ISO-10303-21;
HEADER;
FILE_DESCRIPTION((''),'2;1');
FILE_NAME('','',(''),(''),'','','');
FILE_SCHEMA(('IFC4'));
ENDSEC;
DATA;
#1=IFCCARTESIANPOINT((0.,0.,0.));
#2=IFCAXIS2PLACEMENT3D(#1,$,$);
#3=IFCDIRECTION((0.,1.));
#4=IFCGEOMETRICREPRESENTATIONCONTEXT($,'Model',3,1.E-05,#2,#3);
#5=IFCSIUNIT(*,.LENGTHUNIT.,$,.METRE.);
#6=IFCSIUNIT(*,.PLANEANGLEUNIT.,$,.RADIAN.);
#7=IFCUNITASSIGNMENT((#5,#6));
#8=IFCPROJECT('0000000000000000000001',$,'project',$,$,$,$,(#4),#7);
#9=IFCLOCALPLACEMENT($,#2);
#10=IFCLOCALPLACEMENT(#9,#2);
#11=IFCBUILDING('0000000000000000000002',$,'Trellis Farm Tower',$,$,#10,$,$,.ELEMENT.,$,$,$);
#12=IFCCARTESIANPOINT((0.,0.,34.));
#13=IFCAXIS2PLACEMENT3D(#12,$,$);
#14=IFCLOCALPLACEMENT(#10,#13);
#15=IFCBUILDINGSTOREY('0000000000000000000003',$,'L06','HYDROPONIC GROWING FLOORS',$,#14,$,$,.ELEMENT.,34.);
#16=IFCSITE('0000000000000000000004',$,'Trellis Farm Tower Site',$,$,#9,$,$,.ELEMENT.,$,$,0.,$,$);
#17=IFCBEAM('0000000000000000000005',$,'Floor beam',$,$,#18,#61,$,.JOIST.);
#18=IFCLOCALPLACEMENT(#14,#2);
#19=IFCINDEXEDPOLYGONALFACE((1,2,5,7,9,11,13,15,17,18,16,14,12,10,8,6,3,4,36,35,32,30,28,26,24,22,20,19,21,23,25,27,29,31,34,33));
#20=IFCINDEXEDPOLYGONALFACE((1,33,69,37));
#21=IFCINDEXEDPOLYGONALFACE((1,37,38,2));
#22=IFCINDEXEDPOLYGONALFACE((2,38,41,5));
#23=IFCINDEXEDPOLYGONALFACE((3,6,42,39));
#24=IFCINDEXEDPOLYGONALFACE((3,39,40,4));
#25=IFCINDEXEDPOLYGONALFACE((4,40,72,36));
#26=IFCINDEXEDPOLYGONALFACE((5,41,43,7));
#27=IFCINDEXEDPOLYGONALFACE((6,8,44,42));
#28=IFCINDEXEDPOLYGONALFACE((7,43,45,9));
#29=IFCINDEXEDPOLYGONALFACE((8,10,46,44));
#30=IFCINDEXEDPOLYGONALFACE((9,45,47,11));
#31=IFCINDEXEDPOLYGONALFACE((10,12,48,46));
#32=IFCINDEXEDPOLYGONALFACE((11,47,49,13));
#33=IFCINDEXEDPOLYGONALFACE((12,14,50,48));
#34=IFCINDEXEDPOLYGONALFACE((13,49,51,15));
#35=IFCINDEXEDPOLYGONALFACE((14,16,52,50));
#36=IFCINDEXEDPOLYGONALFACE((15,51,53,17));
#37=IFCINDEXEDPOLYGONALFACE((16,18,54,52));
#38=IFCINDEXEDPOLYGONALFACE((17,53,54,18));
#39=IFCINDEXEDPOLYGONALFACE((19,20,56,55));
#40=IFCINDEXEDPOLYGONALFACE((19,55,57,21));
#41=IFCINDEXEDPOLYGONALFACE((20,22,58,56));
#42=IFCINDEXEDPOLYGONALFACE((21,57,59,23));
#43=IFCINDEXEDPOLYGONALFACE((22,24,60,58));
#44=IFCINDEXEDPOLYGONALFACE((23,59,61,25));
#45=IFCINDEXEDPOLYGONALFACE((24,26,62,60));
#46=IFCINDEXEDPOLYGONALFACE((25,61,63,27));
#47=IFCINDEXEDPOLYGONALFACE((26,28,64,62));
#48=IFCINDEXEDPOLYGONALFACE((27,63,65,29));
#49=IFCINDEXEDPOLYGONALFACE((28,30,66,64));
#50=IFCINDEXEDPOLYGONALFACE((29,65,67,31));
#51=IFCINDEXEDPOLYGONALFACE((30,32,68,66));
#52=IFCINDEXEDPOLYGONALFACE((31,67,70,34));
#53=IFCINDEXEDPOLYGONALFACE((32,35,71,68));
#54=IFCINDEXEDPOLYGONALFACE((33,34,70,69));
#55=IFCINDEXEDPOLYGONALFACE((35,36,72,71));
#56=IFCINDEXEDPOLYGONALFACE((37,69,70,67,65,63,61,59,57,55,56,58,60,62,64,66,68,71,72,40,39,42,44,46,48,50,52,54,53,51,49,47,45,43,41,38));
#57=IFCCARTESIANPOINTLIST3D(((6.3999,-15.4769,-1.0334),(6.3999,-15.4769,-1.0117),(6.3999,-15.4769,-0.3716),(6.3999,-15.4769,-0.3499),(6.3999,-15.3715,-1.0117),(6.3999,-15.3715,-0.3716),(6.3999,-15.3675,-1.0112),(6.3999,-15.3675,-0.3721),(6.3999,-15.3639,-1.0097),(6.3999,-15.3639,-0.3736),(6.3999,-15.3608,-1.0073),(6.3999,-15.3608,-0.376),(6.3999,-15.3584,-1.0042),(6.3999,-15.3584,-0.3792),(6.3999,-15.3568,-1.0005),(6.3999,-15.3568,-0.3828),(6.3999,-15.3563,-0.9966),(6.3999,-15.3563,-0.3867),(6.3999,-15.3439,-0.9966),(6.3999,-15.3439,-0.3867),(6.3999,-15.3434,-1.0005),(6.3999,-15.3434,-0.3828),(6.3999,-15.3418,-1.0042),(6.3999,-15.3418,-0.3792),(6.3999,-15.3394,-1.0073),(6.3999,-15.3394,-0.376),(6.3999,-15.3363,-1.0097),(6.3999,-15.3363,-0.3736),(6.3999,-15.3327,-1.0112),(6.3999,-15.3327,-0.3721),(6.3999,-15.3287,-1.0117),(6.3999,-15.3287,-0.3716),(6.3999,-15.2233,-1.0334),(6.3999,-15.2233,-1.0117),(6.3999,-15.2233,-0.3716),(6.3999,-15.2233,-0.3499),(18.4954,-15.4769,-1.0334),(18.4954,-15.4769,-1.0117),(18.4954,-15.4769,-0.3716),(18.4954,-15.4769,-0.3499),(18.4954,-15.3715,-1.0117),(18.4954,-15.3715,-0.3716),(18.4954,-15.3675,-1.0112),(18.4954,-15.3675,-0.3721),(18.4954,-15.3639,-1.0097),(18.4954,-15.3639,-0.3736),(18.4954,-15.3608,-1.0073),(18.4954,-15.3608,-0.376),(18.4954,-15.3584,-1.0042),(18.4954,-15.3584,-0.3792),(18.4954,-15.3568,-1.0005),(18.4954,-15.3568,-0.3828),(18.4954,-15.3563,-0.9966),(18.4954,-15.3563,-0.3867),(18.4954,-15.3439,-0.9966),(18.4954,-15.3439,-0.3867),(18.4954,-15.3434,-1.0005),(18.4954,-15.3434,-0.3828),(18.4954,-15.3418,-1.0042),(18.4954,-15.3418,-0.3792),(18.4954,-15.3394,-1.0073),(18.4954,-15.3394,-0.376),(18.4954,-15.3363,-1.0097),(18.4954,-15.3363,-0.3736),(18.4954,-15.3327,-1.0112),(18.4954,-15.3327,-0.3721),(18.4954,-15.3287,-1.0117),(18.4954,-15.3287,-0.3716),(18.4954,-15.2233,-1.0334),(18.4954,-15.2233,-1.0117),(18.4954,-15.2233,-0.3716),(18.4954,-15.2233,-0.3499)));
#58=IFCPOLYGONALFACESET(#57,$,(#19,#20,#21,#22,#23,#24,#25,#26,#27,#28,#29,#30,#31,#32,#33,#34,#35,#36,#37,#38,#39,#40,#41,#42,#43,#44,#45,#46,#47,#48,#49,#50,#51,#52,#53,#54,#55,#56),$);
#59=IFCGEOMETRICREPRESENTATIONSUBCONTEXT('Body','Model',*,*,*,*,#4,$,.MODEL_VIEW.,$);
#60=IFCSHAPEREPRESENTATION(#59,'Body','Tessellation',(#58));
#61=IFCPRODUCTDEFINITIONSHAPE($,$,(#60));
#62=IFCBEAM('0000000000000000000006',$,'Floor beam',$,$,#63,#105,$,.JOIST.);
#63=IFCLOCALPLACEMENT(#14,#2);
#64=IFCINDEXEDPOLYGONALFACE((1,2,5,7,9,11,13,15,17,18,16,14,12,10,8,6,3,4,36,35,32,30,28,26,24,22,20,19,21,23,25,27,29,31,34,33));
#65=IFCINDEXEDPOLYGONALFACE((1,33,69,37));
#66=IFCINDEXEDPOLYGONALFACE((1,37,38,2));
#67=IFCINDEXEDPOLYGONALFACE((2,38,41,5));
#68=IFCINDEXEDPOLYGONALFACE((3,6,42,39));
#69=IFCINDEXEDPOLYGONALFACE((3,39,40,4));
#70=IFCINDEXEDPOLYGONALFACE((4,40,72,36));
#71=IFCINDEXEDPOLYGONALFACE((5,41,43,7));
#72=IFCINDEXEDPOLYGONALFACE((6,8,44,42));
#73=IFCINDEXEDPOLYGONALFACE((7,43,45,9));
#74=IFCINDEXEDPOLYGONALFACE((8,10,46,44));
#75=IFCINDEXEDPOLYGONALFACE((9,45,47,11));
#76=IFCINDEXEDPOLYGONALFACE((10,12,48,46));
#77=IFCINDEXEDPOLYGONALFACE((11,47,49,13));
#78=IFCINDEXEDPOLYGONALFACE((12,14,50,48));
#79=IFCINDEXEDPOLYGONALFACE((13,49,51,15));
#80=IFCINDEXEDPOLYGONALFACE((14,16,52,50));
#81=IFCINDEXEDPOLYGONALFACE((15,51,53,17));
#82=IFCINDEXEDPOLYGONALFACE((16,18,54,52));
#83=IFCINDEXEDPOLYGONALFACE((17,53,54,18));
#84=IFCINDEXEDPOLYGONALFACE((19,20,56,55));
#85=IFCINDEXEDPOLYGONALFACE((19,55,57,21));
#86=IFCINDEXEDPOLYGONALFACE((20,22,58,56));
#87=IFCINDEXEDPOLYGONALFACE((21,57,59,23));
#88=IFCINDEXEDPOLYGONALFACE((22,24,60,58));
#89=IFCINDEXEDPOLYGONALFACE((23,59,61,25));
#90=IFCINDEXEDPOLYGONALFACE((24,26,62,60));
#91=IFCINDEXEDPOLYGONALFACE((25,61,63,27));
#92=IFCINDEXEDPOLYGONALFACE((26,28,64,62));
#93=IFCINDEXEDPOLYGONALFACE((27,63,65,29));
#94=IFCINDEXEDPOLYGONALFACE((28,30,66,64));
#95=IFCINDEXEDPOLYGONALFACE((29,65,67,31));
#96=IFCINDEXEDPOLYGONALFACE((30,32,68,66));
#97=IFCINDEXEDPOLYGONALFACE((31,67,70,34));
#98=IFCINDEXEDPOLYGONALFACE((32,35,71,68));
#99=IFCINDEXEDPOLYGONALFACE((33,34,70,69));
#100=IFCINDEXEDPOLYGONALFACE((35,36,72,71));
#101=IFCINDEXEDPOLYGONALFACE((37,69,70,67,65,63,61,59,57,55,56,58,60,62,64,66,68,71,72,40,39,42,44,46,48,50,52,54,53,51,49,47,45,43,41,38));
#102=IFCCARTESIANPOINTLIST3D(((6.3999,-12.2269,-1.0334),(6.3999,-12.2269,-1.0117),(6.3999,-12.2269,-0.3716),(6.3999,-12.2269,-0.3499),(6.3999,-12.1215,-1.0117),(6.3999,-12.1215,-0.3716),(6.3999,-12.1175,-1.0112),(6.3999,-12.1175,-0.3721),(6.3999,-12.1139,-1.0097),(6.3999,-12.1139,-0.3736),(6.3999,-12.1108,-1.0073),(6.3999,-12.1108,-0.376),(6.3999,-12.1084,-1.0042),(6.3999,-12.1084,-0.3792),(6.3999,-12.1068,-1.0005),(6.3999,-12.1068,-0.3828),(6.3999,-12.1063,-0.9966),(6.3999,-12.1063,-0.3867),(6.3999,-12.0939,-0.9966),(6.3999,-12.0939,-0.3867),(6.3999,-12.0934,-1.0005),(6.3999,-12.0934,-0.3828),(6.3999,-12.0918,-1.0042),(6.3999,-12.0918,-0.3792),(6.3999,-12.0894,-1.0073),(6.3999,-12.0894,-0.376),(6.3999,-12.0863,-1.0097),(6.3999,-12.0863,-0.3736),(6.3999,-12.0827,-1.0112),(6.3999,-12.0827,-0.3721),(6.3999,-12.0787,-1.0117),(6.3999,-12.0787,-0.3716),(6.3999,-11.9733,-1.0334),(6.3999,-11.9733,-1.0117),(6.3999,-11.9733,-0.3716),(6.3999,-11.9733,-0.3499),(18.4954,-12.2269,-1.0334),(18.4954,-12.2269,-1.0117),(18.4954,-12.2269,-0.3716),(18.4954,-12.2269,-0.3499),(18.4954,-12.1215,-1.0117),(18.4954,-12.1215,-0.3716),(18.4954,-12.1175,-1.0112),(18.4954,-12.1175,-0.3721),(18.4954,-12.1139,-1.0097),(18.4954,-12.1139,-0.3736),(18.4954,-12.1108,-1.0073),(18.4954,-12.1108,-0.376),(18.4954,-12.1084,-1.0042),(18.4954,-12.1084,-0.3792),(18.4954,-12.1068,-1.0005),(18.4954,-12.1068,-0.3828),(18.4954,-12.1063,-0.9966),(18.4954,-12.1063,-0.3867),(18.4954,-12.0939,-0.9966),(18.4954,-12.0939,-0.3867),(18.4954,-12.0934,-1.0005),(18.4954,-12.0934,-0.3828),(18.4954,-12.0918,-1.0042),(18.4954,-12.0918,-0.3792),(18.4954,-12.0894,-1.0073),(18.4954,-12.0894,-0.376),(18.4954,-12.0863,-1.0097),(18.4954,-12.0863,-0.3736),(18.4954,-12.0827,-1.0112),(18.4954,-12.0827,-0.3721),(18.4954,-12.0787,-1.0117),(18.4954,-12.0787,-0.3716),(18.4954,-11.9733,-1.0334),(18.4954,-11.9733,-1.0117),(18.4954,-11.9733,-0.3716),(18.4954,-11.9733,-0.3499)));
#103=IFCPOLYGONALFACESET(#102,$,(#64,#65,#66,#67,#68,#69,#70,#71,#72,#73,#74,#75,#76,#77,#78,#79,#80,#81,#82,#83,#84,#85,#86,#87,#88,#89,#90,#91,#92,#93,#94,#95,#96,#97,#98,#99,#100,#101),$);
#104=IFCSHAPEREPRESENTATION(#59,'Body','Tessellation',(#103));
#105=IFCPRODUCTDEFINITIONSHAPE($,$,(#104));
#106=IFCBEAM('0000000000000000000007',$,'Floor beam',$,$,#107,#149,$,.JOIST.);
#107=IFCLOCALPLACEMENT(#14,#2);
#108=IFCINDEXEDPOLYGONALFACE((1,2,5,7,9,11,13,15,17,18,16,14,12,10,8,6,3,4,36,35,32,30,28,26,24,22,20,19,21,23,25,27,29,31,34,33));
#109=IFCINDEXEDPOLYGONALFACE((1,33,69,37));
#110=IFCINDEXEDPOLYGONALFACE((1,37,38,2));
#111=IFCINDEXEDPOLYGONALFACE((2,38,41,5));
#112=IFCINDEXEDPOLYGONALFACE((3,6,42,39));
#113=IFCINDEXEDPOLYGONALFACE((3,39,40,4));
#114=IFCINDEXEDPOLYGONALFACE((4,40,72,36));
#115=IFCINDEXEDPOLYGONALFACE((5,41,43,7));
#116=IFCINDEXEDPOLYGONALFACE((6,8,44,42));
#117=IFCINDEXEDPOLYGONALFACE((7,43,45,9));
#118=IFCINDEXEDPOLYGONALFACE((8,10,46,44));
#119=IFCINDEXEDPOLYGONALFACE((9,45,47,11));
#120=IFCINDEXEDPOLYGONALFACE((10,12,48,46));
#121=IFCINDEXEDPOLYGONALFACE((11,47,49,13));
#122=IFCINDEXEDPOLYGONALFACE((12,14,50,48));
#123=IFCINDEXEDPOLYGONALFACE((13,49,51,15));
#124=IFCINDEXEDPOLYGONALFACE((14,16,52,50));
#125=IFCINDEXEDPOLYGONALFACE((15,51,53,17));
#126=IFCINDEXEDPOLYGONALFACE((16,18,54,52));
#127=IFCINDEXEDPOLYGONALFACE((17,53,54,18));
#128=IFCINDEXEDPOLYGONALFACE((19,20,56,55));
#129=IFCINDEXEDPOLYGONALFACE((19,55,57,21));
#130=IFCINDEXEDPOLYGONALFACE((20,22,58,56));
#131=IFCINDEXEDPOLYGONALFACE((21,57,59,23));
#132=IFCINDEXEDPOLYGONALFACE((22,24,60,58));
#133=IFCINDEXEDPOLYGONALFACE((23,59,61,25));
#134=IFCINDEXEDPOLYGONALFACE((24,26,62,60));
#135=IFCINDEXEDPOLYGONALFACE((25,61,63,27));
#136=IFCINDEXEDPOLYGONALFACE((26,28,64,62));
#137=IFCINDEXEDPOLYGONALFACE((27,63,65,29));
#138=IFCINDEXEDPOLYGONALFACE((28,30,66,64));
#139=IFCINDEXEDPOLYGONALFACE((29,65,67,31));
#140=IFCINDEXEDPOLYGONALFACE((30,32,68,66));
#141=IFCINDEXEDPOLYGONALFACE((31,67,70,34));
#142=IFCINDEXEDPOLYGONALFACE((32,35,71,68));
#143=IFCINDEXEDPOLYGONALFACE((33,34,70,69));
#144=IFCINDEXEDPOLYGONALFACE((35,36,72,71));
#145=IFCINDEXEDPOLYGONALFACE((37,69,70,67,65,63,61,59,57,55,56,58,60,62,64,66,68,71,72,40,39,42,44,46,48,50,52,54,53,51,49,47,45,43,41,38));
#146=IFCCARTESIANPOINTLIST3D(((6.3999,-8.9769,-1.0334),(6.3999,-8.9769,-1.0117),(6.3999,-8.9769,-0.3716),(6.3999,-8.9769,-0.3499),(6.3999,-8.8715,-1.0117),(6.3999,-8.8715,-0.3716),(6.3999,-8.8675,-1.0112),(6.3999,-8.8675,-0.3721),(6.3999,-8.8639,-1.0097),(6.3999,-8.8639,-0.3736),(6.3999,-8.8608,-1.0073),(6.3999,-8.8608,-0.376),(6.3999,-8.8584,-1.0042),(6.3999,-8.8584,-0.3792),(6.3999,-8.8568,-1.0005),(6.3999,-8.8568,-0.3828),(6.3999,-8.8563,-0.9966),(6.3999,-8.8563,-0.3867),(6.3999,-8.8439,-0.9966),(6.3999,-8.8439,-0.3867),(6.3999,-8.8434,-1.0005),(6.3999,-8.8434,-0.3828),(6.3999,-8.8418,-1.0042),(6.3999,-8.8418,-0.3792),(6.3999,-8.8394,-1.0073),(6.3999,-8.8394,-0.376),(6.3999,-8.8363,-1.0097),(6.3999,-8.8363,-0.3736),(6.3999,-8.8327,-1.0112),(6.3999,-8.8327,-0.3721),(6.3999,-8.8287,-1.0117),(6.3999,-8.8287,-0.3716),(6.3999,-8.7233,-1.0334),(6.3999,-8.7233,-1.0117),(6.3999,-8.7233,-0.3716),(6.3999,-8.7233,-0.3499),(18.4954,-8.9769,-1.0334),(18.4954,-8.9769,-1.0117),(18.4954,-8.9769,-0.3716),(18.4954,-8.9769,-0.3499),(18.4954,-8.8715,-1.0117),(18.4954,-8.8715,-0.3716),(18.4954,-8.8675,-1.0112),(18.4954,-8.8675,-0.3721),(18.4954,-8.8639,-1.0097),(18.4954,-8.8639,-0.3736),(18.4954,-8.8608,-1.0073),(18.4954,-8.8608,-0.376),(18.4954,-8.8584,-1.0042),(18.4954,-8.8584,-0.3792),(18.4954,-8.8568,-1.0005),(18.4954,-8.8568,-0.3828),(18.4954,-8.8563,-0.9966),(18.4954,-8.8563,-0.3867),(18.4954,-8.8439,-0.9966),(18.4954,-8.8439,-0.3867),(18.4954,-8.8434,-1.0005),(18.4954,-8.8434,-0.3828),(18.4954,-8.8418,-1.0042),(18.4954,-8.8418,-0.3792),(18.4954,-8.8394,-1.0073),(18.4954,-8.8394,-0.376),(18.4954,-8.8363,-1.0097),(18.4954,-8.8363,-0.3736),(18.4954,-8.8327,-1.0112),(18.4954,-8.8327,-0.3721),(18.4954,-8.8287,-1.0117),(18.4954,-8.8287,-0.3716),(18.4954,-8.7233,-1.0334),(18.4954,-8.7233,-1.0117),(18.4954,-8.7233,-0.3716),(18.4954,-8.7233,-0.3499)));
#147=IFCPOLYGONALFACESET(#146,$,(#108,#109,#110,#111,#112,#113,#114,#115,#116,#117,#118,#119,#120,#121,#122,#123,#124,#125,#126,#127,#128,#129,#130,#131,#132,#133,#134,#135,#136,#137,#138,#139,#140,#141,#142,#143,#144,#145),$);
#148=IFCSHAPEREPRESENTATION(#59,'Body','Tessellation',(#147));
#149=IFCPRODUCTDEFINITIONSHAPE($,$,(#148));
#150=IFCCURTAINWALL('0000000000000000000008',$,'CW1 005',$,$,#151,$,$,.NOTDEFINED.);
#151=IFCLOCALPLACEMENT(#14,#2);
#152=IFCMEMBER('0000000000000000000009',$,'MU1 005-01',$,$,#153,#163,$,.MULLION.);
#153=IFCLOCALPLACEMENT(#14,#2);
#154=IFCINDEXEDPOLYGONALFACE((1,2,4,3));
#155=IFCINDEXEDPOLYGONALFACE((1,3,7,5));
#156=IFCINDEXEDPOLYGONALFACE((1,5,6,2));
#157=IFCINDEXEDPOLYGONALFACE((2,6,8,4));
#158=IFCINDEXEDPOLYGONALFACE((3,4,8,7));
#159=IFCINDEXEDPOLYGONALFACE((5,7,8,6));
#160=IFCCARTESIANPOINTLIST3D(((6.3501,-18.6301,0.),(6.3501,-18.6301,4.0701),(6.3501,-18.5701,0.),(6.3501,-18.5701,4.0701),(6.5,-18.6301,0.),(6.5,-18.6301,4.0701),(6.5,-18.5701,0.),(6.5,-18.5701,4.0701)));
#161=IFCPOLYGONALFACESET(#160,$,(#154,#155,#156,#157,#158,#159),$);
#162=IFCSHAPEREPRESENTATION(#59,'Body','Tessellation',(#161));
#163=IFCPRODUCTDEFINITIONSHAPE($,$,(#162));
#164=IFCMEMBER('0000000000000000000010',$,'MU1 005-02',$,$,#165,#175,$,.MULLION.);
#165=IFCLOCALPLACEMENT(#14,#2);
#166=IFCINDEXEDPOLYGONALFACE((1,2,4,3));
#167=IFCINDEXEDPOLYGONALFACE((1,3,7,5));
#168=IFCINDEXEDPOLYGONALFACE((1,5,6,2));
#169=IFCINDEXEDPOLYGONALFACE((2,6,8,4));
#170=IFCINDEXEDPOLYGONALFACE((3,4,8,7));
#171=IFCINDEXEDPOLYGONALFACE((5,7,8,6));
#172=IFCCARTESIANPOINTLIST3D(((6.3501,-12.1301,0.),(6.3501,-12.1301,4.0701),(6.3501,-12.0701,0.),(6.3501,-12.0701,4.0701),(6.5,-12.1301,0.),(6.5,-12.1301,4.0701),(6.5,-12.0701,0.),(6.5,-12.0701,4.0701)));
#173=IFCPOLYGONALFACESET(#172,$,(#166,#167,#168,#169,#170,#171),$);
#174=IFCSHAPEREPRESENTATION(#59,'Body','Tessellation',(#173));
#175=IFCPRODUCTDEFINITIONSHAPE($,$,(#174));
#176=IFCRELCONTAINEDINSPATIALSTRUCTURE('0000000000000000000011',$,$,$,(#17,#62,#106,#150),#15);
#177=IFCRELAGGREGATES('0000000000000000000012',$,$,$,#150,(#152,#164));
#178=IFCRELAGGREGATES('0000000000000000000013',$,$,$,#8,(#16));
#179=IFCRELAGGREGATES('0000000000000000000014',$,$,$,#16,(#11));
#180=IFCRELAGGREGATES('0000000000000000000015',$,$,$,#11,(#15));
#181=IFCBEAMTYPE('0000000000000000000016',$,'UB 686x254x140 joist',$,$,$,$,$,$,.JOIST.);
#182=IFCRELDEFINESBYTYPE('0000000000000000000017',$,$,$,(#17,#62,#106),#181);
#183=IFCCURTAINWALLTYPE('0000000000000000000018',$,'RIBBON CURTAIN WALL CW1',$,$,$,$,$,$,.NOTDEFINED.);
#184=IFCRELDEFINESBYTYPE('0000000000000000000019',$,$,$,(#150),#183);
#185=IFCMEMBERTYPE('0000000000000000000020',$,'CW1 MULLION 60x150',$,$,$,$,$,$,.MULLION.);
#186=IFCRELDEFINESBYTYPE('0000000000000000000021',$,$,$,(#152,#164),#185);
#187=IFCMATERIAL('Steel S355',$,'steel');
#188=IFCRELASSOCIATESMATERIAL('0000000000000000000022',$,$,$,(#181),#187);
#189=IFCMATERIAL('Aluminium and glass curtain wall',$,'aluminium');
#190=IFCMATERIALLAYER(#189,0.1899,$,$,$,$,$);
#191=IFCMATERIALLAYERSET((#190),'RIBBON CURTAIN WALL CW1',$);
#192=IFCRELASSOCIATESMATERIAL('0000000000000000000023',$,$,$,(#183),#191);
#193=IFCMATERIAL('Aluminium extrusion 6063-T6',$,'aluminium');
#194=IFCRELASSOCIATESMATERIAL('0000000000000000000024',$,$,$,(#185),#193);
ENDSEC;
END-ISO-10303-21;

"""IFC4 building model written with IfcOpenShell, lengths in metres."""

from ifc_helpers import new_model, si_unit, direction, frame, origin, origin_2d, place, context, subcontext, project, spatial, rectangle, i_section, extrude, source, transform, mapped, material, layer, layer_set, material_profile, profile_set, type_object, element, aggregate, save


model = new_model("IFC4")

# Units and contexts
model_context = context("Model", 3, precision=1e-05, world=origin(), true_north=direction((0.0, 1.0)))
body_context = subcontext(model_context, "Body", "Model", "MODEL_VIEW")
ifc_project = project(units=[si_unit("LENGTHUNIT", "METRE"), si_unit("PLANEANGLEUNIT", "RADIAN")], contexts=[model_context])

# Site, building, storey
site_placement = place(None, origin())
site = spatial("IfcSite", under=ifc_project, at=site_placement, Name="Trellis Farm Tower Site", CompositionType="ELEMENT", RefElevation=0.0)
building_placement = place(site_placement, origin())
building = spatial("IfcBuilding", under=site, at=building_placement, Name="Trellis Farm Tower", CompositionType="ELEMENT")
storey_placement = place(building_placement, frame((0.0, 0.0, 34.0)))
storey = spatial("IfcBuildingStorey", under=building, at=storey_placement, Name="L06", Description="HYDROPONIC GROWING FLOORS", CompositionType="ELEMENT", Elevation=34.0)

# Beams
ifc_material_1 = material(Name="Steel S355", Category="steel")
ifc_material_profile_1 = material_profile(ifc_material_1, i_section(OverallWidth=0.2537, OverallDepth=0.6836, WebThickness=0.0125, FlangeThickness=0.0217, FilletRadius=0.0151, at=origin_2d()), Name="UB 686x254x140")
ifc_profile_set_1 = profile_set([ifc_material_profile_1], Name="Steel S355")
beam_type_1 = type_object("IfcBeamType", Name="UB 686x254x140 joist", PredefinedType="JOIST", material=ifc_profile_set_1)
shared_shape_1 = source(origin(), body_context, "Body", "SweptSolid", [
    extrude(i_section(OverallWidth=0.2537, OverallDepth=0.6836, WebThickness=0.0125, FlangeThickness=0.0217, FilletRadius=0.0151, at=origin_2d()), origin(), (0.0, 0.0, 1.0), 12.0955),
])
for number, where, z_axis, x_axis, name in (
    (1, (6.3999, -15.3501, -0.6917), (1.0, 0.0, 0.0), (0.0, 1.0, 0.0), "Floor beam"),
    (2, (6.3999, -12.1001, -0.6917), (1.0, 0.0, 0.0), (0.0, 1.0, 0.0), "Floor beam"),
    (3, (6.3999, -8.8501, -0.6917), (1.0, 0.0, 0.0), (0.0, 1.0, 0.0), "Floor beam"),
):
    element("IfcBeam", number, at=place(storey_placement, frame(where, z_axis=z_axis, x_axis=x_axis)), inside=storey, type_object=beam_type_1, Name=name, PredefinedType="JOIST", context=body_context, shape_type="MappedRepresentation", body=[
        mapped(shared_shape_1, transform((0.0, 0.0, 0.0))),
    ])

# Curtain wall, members
ifc_material_2 = material(Name="Aluminium and glass curtain wall", Category="aluminium")
ifc_layer = layer(ifc_material_2, 0.1899)
ifc_layer_set = layer_set([ifc_layer], Name="RIBBON CURTAIN WALL CW1")
curtain_wall_type = type_object("IfcCurtainWallType", Name="RIBBON CURTAIN WALL CW1", PredefinedType="NOTDEFINED", material=ifc_layer_set)
curtain_wall_placement = place(storey_placement, origin())
curtain_wall = element("IfcCurtainWall", 4, at=curtain_wall_placement, inside=storey, type_object=curtain_wall_type, Name="CW1 005", PredefinedType="NOTDEFINED")
ifc_material_3 = material(Name="Aluminium extrusion 6063-T6", Category="aluminium")
ifc_material_profile_2 = material_profile(ifc_material_3, rectangle(XDim=0.0601, YDim=0.1499, at=origin_2d()), Name="MULLION 60x150")
ifc_profile_set_2 = profile_set([ifc_material_profile_2], Name="Aluminium extrusion 6063-T6")
member_type = type_object("IfcMemberType", Name="CW1 MULLION 60x150", PredefinedType="MULLION", material=ifc_profile_set_2)
shared_shape_2 = source(origin(), body_context, "Body", "SweptSolid", [
    extrude(rectangle(XDim=0.0601, YDim=0.1499, at=origin_2d()), origin(), (0.0, 0.0, 1.0), 4.0701),
])
member_1_placement = place(storey_placement, frame((6.425, -18.6001, 0.0), z_axis=(0.0, 0.0, 1.0), x_axis=(0.0, 1.0, 0.0)))
member_1 = element("IfcMember", 5, at=member_1_placement, type_object=member_type, Name="MU1 005-01", PredefinedType="MULLION", context=body_context, shape_type="MappedRepresentation", body=[
    mapped(shared_shape_2, transform((0.0, 0.0, 0.0))),
])
member_2_placement = place(storey_placement, frame((6.425, -12.1001, 0.0), z_axis=(0.0, 0.0, 1.0), x_axis=(0.0, 1.0, 0.0)))
member_2 = element("IfcMember", 6, at=member_2_placement, type_object=member_type, Name="MU1 005-02", PredefinedType="MULLION", context=body_context, shape_type="MappedRepresentation", body=[
    mapped(shared_shape_2, transform((0.0, 0.0, 0.0))),
])
aggregate(curtain_wall, [member_1, member_2])

save(model, "model.ifc")
